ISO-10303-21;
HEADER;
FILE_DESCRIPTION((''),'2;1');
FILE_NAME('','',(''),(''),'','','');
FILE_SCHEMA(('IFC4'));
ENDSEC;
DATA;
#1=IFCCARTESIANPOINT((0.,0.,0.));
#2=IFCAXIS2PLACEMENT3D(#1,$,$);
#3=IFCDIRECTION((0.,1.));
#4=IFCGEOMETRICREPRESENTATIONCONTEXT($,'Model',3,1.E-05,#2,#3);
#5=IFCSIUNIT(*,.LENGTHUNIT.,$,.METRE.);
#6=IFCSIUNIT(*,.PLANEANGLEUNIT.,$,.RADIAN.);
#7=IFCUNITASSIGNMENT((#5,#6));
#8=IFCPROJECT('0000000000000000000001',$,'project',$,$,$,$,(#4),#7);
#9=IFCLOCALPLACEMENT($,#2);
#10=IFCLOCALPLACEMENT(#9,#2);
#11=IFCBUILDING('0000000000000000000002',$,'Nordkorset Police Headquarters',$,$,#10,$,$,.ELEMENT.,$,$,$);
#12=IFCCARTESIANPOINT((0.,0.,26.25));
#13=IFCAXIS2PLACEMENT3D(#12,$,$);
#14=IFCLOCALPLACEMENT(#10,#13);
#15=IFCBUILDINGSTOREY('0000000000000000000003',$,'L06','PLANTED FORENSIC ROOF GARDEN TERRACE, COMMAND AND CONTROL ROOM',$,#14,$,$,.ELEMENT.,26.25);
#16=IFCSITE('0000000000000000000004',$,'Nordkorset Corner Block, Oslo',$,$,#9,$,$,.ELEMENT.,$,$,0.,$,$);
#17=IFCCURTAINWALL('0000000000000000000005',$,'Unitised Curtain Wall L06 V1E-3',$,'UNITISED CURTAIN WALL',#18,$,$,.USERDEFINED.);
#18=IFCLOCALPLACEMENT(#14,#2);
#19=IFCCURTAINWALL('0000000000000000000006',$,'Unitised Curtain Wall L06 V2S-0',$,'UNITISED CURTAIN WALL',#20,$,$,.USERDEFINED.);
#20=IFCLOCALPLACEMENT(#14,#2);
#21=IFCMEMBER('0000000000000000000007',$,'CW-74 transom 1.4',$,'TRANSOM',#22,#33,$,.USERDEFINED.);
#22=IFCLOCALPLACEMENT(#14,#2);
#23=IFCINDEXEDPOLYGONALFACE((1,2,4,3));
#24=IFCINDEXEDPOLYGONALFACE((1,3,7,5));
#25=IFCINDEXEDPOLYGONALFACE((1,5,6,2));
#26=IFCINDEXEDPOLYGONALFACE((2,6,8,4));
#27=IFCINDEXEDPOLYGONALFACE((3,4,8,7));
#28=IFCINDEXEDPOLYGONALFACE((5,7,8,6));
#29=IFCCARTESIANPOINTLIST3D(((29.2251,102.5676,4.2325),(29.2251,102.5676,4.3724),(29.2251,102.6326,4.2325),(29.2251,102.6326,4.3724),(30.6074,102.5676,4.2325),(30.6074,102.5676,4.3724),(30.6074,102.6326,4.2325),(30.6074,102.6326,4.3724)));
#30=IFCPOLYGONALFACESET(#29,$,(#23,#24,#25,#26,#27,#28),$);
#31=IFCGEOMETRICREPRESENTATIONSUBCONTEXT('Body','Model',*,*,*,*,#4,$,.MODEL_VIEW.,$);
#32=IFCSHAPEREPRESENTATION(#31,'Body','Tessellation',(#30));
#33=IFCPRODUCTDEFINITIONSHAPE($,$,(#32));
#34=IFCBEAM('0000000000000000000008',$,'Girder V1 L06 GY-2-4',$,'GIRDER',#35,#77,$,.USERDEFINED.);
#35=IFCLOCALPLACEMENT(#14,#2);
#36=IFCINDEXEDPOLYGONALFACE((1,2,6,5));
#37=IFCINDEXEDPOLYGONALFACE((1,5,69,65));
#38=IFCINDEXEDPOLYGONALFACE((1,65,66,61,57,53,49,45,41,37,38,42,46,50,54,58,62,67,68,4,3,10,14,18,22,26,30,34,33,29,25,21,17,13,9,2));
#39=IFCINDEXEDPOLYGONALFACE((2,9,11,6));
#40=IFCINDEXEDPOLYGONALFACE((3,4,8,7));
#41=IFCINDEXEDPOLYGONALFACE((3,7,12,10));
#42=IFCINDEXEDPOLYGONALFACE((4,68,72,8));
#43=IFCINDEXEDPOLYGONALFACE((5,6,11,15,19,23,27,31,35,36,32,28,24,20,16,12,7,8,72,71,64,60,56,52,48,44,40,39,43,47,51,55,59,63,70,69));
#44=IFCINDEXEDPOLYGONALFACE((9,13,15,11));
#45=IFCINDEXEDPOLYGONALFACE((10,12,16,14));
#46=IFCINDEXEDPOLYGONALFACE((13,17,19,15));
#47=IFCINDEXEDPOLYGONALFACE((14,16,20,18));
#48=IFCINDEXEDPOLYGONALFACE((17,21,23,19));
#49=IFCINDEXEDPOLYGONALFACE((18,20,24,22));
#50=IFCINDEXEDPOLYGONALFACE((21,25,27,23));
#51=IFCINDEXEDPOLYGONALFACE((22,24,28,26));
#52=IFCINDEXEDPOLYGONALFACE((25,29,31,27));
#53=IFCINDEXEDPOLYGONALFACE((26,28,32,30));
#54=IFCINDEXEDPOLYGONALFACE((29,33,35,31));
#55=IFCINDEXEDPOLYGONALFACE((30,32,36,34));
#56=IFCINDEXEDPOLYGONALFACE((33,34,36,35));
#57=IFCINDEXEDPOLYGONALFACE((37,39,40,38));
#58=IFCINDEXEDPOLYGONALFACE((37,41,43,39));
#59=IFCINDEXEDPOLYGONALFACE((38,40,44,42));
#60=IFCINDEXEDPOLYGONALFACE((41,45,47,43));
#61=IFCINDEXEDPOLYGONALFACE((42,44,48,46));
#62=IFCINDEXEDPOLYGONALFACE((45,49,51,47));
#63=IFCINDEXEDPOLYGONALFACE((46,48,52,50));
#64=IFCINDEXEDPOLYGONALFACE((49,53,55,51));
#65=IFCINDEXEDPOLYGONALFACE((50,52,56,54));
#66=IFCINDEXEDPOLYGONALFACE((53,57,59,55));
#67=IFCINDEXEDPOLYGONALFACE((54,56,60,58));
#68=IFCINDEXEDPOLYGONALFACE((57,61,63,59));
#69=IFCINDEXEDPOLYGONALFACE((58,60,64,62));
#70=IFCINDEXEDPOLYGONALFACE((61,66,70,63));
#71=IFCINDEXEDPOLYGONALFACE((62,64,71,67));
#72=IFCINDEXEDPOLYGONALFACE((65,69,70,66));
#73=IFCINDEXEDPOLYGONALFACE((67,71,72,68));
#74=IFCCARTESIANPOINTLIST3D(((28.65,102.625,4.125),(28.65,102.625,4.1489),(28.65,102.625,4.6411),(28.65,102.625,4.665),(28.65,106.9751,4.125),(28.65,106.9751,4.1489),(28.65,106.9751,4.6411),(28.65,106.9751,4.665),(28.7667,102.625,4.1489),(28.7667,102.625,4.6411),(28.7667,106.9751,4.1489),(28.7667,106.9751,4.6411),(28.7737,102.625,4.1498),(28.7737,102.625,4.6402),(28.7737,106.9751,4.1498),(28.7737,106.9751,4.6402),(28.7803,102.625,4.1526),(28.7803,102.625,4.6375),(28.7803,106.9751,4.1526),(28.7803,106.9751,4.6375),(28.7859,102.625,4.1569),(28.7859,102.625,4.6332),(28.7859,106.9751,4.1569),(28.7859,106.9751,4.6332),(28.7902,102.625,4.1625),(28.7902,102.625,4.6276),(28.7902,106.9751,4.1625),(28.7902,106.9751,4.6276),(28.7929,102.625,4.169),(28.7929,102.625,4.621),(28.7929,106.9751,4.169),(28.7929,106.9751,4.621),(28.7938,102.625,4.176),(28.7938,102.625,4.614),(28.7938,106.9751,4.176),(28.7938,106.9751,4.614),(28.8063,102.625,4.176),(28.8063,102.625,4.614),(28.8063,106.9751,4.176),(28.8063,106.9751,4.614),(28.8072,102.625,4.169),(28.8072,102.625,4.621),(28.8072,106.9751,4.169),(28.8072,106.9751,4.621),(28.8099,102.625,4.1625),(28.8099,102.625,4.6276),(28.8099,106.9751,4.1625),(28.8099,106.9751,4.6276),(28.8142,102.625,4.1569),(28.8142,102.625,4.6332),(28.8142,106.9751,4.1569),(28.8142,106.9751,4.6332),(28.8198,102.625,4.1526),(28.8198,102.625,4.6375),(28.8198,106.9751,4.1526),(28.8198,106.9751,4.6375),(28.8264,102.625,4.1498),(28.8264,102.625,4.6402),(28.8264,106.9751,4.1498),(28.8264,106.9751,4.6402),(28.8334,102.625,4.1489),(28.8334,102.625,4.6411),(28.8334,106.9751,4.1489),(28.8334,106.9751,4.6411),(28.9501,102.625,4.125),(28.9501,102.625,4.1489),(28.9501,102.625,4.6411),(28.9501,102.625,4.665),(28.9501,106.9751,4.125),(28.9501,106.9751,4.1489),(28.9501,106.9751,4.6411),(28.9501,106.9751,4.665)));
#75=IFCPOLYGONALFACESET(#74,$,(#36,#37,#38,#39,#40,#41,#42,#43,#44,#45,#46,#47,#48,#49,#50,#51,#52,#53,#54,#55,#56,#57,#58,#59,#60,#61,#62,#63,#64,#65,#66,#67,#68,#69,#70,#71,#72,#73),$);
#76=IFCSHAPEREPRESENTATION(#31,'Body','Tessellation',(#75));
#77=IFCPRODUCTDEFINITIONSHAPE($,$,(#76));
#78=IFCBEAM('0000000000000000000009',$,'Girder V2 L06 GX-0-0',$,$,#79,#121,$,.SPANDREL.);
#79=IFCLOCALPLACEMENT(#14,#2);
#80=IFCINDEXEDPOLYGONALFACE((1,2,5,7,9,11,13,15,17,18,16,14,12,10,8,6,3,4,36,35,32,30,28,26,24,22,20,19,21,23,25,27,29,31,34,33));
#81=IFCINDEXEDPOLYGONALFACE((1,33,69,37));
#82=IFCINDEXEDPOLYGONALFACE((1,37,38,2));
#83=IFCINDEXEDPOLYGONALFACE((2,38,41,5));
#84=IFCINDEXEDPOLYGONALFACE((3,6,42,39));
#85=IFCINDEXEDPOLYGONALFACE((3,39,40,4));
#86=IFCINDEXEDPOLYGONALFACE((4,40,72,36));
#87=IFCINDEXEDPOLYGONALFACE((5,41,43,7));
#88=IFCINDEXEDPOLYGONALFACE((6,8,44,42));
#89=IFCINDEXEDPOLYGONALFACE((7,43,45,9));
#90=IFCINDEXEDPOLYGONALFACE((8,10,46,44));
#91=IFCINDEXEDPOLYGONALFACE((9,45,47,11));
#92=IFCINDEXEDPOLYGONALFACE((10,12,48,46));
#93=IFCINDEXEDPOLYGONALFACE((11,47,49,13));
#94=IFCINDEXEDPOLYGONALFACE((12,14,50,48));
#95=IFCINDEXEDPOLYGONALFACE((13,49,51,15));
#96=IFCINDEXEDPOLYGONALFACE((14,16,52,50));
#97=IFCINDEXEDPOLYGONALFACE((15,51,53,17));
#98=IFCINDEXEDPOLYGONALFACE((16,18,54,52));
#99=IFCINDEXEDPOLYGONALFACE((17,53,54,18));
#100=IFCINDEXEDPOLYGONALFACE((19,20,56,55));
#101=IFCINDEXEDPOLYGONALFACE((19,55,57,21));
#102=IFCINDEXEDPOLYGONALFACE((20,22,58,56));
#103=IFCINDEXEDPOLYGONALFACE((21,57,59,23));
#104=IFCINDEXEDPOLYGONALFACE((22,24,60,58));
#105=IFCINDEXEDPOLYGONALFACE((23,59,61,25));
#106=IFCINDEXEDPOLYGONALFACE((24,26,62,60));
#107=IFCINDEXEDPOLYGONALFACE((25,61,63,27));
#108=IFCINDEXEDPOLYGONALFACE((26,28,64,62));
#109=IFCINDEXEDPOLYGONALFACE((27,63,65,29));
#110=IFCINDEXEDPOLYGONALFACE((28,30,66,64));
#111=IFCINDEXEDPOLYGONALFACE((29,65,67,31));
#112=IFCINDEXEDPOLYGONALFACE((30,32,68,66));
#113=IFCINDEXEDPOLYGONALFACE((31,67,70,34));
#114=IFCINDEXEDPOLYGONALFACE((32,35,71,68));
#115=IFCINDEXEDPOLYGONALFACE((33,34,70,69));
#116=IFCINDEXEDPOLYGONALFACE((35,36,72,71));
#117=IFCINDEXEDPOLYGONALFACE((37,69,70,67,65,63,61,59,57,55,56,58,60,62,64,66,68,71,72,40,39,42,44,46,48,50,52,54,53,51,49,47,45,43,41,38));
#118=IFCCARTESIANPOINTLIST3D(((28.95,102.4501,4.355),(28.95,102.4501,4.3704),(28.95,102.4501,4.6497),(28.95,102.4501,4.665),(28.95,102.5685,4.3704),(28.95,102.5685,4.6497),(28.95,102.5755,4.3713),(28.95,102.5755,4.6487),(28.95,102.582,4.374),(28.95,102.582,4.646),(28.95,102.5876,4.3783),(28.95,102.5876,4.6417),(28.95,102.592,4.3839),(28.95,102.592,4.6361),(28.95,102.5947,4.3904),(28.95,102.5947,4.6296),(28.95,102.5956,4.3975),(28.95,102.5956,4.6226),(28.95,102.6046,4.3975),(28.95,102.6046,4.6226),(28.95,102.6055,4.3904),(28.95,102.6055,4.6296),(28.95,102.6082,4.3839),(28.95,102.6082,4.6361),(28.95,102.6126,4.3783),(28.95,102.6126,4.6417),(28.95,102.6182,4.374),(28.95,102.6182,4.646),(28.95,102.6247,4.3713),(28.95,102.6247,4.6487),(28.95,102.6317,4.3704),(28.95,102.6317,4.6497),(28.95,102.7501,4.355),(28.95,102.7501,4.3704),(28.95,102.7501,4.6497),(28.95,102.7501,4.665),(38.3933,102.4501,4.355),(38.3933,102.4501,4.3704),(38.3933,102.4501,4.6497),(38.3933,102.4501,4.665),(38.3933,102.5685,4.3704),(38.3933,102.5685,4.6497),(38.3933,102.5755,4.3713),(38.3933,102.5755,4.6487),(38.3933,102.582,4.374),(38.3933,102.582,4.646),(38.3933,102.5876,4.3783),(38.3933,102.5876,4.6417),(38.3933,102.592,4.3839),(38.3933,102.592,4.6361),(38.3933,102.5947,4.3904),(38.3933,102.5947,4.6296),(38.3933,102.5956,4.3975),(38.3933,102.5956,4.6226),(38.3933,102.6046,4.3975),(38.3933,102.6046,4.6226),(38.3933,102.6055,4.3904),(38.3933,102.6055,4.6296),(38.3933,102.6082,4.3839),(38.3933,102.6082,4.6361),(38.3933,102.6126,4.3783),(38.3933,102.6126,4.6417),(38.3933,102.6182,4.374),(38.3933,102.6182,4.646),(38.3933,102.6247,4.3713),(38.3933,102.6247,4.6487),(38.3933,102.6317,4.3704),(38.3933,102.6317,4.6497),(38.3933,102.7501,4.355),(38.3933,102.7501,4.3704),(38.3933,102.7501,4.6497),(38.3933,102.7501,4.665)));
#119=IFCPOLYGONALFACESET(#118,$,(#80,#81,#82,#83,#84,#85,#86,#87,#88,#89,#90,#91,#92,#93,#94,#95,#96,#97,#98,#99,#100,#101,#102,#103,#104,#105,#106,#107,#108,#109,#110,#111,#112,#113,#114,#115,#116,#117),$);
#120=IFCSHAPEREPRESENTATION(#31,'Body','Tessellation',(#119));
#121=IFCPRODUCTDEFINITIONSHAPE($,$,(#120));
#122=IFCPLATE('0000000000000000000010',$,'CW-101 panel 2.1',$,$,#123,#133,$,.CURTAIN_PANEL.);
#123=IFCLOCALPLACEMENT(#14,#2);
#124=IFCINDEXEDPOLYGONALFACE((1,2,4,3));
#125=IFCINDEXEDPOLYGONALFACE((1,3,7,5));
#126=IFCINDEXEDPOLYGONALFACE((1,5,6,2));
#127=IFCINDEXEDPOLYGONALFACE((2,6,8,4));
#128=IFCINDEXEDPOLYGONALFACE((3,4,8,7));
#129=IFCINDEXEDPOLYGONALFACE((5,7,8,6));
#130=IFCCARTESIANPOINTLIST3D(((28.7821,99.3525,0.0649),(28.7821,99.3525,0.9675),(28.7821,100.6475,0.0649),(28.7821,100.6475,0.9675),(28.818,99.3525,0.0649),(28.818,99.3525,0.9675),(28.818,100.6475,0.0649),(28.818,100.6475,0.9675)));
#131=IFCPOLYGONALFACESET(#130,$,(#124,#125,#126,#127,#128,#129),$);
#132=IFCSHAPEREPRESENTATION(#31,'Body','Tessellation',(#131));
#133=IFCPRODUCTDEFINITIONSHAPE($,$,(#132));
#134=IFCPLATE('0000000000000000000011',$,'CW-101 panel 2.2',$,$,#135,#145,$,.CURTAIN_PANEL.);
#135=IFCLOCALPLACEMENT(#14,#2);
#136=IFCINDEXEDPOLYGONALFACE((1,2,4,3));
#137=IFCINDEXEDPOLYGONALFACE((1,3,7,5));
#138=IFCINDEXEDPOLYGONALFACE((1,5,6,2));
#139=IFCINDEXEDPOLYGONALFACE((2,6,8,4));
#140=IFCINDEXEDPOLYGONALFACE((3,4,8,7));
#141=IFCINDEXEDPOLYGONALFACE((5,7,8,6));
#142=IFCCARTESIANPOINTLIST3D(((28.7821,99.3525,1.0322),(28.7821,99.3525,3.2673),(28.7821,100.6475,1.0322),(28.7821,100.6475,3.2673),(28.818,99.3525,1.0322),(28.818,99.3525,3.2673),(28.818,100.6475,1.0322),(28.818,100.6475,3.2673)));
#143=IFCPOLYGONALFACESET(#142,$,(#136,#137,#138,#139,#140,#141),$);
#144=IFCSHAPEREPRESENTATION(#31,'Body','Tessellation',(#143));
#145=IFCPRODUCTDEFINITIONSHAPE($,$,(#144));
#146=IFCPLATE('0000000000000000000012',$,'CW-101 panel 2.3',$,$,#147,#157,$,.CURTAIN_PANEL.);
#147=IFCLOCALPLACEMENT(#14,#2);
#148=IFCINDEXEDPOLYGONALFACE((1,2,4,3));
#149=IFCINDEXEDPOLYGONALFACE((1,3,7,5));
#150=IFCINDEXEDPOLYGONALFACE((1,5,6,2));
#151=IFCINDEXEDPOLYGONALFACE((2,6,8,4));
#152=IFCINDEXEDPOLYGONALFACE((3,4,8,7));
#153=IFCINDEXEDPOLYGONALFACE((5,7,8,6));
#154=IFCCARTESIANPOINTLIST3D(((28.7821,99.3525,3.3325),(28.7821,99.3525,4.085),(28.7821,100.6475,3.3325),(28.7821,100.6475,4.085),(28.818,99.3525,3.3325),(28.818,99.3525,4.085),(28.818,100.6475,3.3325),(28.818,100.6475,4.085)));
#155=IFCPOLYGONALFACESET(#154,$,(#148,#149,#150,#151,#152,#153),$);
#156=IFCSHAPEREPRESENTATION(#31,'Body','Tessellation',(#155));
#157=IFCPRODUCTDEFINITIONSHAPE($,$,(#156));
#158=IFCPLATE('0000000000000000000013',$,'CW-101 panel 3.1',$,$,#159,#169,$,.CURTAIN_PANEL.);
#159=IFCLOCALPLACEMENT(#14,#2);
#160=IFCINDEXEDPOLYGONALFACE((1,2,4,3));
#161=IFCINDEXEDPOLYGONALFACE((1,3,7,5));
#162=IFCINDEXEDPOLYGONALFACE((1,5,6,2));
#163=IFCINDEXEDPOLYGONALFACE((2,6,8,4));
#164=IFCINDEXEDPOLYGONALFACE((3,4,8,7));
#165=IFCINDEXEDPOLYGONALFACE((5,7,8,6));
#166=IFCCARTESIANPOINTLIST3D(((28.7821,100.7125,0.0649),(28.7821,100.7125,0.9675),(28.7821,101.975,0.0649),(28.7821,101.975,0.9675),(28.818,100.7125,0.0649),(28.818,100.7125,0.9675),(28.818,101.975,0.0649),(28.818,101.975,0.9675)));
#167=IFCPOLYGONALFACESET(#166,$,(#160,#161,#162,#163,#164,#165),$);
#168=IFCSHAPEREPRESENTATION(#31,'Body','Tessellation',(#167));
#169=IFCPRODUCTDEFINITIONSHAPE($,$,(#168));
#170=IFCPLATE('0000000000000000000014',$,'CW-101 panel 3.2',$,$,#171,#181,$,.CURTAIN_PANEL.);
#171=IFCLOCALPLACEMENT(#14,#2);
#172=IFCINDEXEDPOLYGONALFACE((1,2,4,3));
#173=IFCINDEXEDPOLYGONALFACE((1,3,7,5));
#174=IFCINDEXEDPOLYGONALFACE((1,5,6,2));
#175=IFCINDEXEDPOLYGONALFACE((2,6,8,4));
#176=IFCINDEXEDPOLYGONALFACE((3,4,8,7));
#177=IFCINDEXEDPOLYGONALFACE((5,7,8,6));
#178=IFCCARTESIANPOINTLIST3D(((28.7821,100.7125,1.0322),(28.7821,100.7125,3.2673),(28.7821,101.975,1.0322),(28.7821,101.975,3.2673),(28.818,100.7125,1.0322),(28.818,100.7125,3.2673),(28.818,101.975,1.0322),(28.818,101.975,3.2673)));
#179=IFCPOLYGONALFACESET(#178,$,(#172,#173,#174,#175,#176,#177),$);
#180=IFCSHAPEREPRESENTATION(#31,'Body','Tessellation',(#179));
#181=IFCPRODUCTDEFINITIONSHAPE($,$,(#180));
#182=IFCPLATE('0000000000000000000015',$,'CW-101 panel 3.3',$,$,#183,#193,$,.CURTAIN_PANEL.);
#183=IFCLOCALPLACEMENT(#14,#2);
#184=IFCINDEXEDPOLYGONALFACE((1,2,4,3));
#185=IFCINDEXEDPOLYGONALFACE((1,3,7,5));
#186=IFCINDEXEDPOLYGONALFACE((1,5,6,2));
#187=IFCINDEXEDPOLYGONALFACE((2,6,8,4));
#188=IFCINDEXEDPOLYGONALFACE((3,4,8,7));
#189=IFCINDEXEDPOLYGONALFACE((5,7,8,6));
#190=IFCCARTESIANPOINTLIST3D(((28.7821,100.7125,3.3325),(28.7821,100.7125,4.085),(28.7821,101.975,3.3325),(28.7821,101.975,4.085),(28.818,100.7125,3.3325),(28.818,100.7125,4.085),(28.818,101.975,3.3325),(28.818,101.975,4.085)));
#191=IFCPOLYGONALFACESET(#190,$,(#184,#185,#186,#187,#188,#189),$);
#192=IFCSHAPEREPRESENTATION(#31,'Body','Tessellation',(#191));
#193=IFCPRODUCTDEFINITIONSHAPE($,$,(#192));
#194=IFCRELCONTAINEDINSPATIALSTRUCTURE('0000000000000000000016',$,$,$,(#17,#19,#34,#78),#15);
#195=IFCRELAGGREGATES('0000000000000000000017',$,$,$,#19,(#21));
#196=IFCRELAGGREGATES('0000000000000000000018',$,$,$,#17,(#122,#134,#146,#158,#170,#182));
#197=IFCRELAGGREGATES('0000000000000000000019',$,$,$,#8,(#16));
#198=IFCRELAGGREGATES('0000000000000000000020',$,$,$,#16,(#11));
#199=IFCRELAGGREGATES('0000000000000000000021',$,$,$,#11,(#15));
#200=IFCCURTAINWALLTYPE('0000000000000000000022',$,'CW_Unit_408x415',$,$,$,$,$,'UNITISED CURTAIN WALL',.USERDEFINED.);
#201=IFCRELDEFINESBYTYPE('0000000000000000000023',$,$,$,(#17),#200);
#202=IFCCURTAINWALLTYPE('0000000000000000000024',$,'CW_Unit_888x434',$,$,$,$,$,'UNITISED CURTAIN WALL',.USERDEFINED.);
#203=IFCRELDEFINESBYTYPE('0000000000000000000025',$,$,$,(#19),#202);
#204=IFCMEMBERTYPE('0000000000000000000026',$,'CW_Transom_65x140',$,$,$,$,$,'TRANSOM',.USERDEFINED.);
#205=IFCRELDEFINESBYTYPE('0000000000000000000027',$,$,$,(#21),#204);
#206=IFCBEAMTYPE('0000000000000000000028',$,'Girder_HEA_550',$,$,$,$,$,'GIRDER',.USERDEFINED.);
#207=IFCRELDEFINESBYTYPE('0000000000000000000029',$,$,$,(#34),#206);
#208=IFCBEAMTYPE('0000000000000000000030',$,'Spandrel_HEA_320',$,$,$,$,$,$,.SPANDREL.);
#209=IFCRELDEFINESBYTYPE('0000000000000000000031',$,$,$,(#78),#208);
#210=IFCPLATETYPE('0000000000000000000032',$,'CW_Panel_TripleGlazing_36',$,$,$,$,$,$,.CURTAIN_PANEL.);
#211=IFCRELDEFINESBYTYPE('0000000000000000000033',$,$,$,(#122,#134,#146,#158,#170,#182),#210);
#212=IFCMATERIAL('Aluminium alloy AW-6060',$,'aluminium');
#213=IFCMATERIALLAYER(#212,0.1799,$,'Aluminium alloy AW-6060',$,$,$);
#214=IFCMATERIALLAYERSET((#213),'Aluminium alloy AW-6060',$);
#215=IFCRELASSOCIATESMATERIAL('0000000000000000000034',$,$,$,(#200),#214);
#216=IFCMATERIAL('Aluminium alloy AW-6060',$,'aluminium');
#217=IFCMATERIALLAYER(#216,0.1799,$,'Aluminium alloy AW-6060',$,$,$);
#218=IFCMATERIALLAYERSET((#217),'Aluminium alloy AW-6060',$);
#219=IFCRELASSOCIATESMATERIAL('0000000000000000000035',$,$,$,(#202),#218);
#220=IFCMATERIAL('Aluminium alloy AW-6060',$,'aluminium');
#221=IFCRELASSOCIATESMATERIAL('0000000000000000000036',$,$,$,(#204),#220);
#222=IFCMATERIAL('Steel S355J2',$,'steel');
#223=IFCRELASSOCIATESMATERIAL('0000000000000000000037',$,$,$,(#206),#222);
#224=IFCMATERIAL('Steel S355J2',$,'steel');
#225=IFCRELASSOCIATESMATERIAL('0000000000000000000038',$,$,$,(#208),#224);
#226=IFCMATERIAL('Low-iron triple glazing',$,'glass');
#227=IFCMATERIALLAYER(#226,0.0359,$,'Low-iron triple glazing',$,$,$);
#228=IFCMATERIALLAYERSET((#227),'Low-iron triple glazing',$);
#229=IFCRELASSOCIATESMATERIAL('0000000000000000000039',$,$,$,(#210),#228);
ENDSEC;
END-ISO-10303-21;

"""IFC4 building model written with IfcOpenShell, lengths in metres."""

from ifc_helpers import new_model, si_unit, direction, frame, origin, origin_2d, place, context, subcontext, project, spatial, rectangle, i_section, extrude, material, layer, layer_set, material_profile, profile_set, type_object, element, aggregate, save


model = new_model("IFC4")

# Units and contexts
model_context = context("Model", 3, precision=1e-05, world=origin(), true_north=direction((0.0, 1.0)))
body_context = subcontext(model_context, "Body", "Model", "MODEL_VIEW")
ifc_project = project(units=[si_unit("LENGTHUNIT", "METRE"), si_unit("PLANEANGLEUNIT", "RADIAN")], contexts=[model_context])

# Site, building, storey
site_placement = place(None, origin())
site = spatial("IfcSite", under=ifc_project, at=site_placement, Name="Nordkorset Corner Block, Oslo", CompositionType="ELEMENT", RefElevation=0.0)
building_placement = place(site_placement, origin())
building = spatial("IfcBuilding", under=site, at=building_placement, Name="Nordkorset Police Headquarters", CompositionType="ELEMENT")
storey_placement = place(building_placement, frame((0.0, 0.0, 26.25)))
storey = spatial("IfcBuildingStorey", under=building, at=storey_placement, Name="L06", Description="PLANTED FORENSIC ROOF GARDEN TERRACE, COMMAND AND CONTROL ROOM", CompositionType="ELEMENT", Elevation=26.25)

# Curtain wall
ifc_material_1 = material(Name="Aluminium alloy AW-6060", Category="aluminium")
ifc_layer_1 = layer(ifc_material_1, 0.1799, Name="Aluminium alloy AW-6060")
ifc_layer_set_1 = layer_set([ifc_layer_1], Name="Aluminium alloy AW-6060")
curtain_wall_type_1 = type_object("IfcCurtainWallType", Name="CW_Unit_408x415", ElementType="UNITISED CURTAIN WALL", PredefinedType="USERDEFINED", material=ifc_layer_set_1)
curtain_wall_1_placement = place(storey_placement, origin())
curtain_wall_1 = element("IfcCurtainWall", 1, at=curtain_wall_1_placement, inside=storey, type_object=curtain_wall_type_1, Name="Unitised Curtain Wall L06 V1E-3", ObjectType="UNITISED CURTAIN WALL", PredefinedType="USERDEFINED")

# Curtain wall
ifc_material_2 = material(Name="Aluminium alloy AW-6060", Category="aluminium")
ifc_layer_2 = layer(ifc_material_2, 0.1799, Name="Aluminium alloy AW-6060")
ifc_layer_set_2 = layer_set([ifc_layer_2], Name="Aluminium alloy AW-6060")
curtain_wall_type_2 = type_object("IfcCurtainWallType", Name="CW_Unit_888x434", ElementType="UNITISED CURTAIN WALL", PredefinedType="USERDEFINED", material=ifc_layer_set_2)
curtain_wall_2_placement = place(storey_placement, origin())
curtain_wall_2 = element("IfcCurtainWall", 2, at=curtain_wall_2_placement, inside=storey, type_object=curtain_wall_type_2, Name="Unitised Curtain Wall L06 V2S-0", ObjectType="UNITISED CURTAIN WALL", PredefinedType="USERDEFINED")

# Member
ifc_material_3 = material(Name="Aluminium alloy AW-6060", Category="aluminium")
ifc_material_profile_1 = material_profile(ifc_material_3, rectangle(XDim=0.0649, YDim=0.1399, at=origin_2d()), Name="ALU TRAN 65x140")
ifc_profile_set_1 = profile_set([ifc_material_profile_1], Name="Aluminium alloy AW-6060")
member_type_1 = type_object("IfcMemberType", Name="CW_Transom_65x140", ElementType="TRANSOM", PredefinedType="USERDEFINED", material=ifc_profile_set_1)
member_1_placement = place(storey_placement, frame((29.2251, 102.6001, 4.3025), z_axis=(1.0, 0.0, 0.0), x_axis=(0.0, 1.0, 0.0)))
member_1 = element("IfcMember", 3, at=member_1_placement, type_object=member_type_1, Name="CW-74 transom 1.4", ObjectType="TRANSOM", PredefinedType="USERDEFINED", context=body_context, shape_type="SweptSolid", body=[
    extrude(rectangle(XDim=0.0649, YDim=0.1399, at=origin_2d()), origin(), (0.0, 0.0, 1.0), 1.3823),
])
aggregate(curtain_wall_2, [member_1])

# Beams
ifc_material_4 = material(Name="Steel S355J2", Category="steel")
ifc_material_profile_2 = material_profile(ifc_material_4, i_section(OverallWidth=0.3, OverallDepth=0.54, WebThickness=0.0125, FlangeThickness=0.0239, FilletRadius=0.0271, at=origin_2d()), Name="HEA 550")
ifc_profile_set_2 = profile_set([ifc_material_profile_2], Name="Steel S355J2")
beam_type_1 = type_object("IfcBeamType", Name="Girder_HEA_550", ElementType="GIRDER", PredefinedType="USERDEFINED", material=ifc_profile_set_2)
beam_1_placement = place(storey_placement, frame((28.8, 102.625, 4.395), z_axis=(0.0, 1.0, 0.0), x_axis=(-1.0, 0.0, 0.0)))
element("IfcBeam", 4, at=beam_1_placement, inside=storey, type_object=beam_type_1, Name="Girder V1 L06 GY-2-4", ObjectType="GIRDER", PredefinedType="USERDEFINED", context=body_context, shape_type="SweptSolid", body=[
    extrude(i_section(OverallWidth=0.3, OverallDepth=0.54, WebThickness=0.0125, FlangeThickness=0.0239, FilletRadius=0.0271, at=origin_2d()), origin(), (0.0, 0.0, 1.0), 4.3501),
])
ifc_material_5 = material(Name="Steel S355J2", Category="steel")
ifc_material_profile_3 = material_profile(ifc_material_5, i_section(OverallWidth=0.3, OverallDepth=0.3101, WebThickness=0.009, FlangeThickness=0.0154, FilletRadius=0.0271, at=origin_2d()), Name="HEA 320")
ifc_profile_set_3 = profile_set([ifc_material_profile_3], Name="Steel S355J2")
beam_type_2 = type_object("IfcBeamType", Name="Spandrel_HEA_320", PredefinedType="SPANDREL", material=ifc_profile_set_3)
beam_2_placement = place(storey_placement, frame((28.95, 102.6001, 4.51), z_axis=(1.0, 0.0, 0.0), x_axis=(0.0, 1.0, 0.0)))
element("IfcBeam", 5, at=beam_2_placement, inside=storey, type_object=beam_type_2, Name="Girder V2 L06 GX-0-0", PredefinedType="SPANDREL", context=body_context, shape_type="SweptSolid", body=[
    extrude(i_section(OverallWidth=0.3, OverallDepth=0.3101, WebThickness=0.009, FlangeThickness=0.0154, FilletRadius=0.0271, at=origin_2d()), origin(), (0.0, 0.0, 1.0), 9.4434),
])

# Plates
ifc_material_6 = material(Name="Low-iron triple glazing", Category="glass")
ifc_layer_3 = layer(ifc_material_6, 0.0359, Name="Low-iron triple glazing")
ifc_layer_set_3 = layer_set([ifc_layer_3], Name="Low-iron triple glazing")
plate_type = type_object("IfcPlateType", Name="CW_Panel_TripleGlazing_36", PredefinedType="CURTAIN_PANEL", material=ifc_layer_set_3)
plate_1_placement = place(storey_placement, frame((28.8, 100.0, 0.0649), z_axis=(0.0, 0.0, 1.0), x_axis=(0.0, 1.0, 0.0)))
plate_1 = element("IfcPlate", 6, at=plate_1_placement, type_object=plate_type, Name="CW-101 panel 2.1", PredefinedType="CURTAIN_PANEL", context=body_context, shape_type="SweptSolid", body=[
    extrude(rectangle(XDim=1.2949, YDim=0.0359, at=origin_2d()), origin(), (0.0, 0.0, 1.0), 0.9026),
])
plate_2_placement = place(storey_placement, frame((28.8, 100.0, 1.0322), z_axis=(0.0, 0.0, 1.0), x_axis=(0.0, 1.0, 0.0)))
plate_2 = element("IfcPlate", 7, at=plate_2_placement, type_object=plate_type, Name="CW-101 panel 2.2", PredefinedType="CURTAIN_PANEL", context=body_context, shape_type="SweptSolid", body=[
    extrude(rectangle(XDim=1.2949, YDim=0.0359, at=origin_2d()), origin(), (0.0, 0.0, 1.0), 2.2351),
])
plate_3_placement = place(storey_placement, frame((28.8, 100.0, 3.3325), z_axis=(0.0, 0.0, 1.0), x_axis=(0.0, 1.0, 0.0)))
plate_3 = element("IfcPlate", 8, at=plate_3_placement, type_object=plate_type, Name="CW-101 panel 2.3", PredefinedType="CURTAIN_PANEL", context=body_context, shape_type="SweptSolid", body=[
    extrude(rectangle(XDim=1.2949, YDim=0.0359, at=origin_2d()), origin(), (0.0, 0.0, 1.0), 0.7524),
])
plate_4_placement = place(storey_placement, frame((28.8, 101.3438, 0.0649), z_axis=(0.0, 0.0, 1.0), x_axis=(0.0, 1.0, 0.0)))
plate_4 = element("IfcPlate", 9, at=plate_4_placement, type_object=plate_type, Name="CW-101 panel 3.1", PredefinedType="CURTAIN_PANEL", context=body_context, shape_type="SweptSolid", body=[
    extrude(rectangle(XDim=1.2625, YDim=0.0359, at=origin_2d()), origin(), (0.0, 0.0, 1.0), 0.9026),
])
plate_5_placement = place(storey_placement, frame((28.8, 101.3438, 1.0322), z_axis=(0.0, 0.0, 1.0), x_axis=(0.0, 1.0, 0.0)))
plate_5 = element("IfcPlate", 10, at=plate_5_placement, type_object=plate_type, Name="CW-101 panel 3.2", PredefinedType="CURTAIN_PANEL", context=body_context, shape_type="SweptSolid", body=[
    extrude(rectangle(XDim=1.2625, YDim=0.0359, at=origin_2d()), origin(), (0.0, 0.0, 1.0), 2.2351),
])
plate_6_placement = place(storey_placement, frame((28.8, 101.3438, 3.3325), z_axis=(0.0, 0.0, 1.0), x_axis=(0.0, 1.0, 0.0)))
plate_6 = element("IfcPlate", 11, at=plate_6_placement, type_object=plate_type, Name="CW-101 panel 3.3", PredefinedType="CURTAIN_PANEL", context=body_context, shape_type="SweptSolid", body=[
    extrude(rectangle(XDim=1.2625, YDim=0.0359, at=origin_2d()), origin(), (0.0, 0.0, 1.0), 0.7524),
])
aggregate(curtain_wall_1, [plate_1, plate_2, plate_3, plate_4, plate_5, plate_6])

save(model, "model.ifc")
